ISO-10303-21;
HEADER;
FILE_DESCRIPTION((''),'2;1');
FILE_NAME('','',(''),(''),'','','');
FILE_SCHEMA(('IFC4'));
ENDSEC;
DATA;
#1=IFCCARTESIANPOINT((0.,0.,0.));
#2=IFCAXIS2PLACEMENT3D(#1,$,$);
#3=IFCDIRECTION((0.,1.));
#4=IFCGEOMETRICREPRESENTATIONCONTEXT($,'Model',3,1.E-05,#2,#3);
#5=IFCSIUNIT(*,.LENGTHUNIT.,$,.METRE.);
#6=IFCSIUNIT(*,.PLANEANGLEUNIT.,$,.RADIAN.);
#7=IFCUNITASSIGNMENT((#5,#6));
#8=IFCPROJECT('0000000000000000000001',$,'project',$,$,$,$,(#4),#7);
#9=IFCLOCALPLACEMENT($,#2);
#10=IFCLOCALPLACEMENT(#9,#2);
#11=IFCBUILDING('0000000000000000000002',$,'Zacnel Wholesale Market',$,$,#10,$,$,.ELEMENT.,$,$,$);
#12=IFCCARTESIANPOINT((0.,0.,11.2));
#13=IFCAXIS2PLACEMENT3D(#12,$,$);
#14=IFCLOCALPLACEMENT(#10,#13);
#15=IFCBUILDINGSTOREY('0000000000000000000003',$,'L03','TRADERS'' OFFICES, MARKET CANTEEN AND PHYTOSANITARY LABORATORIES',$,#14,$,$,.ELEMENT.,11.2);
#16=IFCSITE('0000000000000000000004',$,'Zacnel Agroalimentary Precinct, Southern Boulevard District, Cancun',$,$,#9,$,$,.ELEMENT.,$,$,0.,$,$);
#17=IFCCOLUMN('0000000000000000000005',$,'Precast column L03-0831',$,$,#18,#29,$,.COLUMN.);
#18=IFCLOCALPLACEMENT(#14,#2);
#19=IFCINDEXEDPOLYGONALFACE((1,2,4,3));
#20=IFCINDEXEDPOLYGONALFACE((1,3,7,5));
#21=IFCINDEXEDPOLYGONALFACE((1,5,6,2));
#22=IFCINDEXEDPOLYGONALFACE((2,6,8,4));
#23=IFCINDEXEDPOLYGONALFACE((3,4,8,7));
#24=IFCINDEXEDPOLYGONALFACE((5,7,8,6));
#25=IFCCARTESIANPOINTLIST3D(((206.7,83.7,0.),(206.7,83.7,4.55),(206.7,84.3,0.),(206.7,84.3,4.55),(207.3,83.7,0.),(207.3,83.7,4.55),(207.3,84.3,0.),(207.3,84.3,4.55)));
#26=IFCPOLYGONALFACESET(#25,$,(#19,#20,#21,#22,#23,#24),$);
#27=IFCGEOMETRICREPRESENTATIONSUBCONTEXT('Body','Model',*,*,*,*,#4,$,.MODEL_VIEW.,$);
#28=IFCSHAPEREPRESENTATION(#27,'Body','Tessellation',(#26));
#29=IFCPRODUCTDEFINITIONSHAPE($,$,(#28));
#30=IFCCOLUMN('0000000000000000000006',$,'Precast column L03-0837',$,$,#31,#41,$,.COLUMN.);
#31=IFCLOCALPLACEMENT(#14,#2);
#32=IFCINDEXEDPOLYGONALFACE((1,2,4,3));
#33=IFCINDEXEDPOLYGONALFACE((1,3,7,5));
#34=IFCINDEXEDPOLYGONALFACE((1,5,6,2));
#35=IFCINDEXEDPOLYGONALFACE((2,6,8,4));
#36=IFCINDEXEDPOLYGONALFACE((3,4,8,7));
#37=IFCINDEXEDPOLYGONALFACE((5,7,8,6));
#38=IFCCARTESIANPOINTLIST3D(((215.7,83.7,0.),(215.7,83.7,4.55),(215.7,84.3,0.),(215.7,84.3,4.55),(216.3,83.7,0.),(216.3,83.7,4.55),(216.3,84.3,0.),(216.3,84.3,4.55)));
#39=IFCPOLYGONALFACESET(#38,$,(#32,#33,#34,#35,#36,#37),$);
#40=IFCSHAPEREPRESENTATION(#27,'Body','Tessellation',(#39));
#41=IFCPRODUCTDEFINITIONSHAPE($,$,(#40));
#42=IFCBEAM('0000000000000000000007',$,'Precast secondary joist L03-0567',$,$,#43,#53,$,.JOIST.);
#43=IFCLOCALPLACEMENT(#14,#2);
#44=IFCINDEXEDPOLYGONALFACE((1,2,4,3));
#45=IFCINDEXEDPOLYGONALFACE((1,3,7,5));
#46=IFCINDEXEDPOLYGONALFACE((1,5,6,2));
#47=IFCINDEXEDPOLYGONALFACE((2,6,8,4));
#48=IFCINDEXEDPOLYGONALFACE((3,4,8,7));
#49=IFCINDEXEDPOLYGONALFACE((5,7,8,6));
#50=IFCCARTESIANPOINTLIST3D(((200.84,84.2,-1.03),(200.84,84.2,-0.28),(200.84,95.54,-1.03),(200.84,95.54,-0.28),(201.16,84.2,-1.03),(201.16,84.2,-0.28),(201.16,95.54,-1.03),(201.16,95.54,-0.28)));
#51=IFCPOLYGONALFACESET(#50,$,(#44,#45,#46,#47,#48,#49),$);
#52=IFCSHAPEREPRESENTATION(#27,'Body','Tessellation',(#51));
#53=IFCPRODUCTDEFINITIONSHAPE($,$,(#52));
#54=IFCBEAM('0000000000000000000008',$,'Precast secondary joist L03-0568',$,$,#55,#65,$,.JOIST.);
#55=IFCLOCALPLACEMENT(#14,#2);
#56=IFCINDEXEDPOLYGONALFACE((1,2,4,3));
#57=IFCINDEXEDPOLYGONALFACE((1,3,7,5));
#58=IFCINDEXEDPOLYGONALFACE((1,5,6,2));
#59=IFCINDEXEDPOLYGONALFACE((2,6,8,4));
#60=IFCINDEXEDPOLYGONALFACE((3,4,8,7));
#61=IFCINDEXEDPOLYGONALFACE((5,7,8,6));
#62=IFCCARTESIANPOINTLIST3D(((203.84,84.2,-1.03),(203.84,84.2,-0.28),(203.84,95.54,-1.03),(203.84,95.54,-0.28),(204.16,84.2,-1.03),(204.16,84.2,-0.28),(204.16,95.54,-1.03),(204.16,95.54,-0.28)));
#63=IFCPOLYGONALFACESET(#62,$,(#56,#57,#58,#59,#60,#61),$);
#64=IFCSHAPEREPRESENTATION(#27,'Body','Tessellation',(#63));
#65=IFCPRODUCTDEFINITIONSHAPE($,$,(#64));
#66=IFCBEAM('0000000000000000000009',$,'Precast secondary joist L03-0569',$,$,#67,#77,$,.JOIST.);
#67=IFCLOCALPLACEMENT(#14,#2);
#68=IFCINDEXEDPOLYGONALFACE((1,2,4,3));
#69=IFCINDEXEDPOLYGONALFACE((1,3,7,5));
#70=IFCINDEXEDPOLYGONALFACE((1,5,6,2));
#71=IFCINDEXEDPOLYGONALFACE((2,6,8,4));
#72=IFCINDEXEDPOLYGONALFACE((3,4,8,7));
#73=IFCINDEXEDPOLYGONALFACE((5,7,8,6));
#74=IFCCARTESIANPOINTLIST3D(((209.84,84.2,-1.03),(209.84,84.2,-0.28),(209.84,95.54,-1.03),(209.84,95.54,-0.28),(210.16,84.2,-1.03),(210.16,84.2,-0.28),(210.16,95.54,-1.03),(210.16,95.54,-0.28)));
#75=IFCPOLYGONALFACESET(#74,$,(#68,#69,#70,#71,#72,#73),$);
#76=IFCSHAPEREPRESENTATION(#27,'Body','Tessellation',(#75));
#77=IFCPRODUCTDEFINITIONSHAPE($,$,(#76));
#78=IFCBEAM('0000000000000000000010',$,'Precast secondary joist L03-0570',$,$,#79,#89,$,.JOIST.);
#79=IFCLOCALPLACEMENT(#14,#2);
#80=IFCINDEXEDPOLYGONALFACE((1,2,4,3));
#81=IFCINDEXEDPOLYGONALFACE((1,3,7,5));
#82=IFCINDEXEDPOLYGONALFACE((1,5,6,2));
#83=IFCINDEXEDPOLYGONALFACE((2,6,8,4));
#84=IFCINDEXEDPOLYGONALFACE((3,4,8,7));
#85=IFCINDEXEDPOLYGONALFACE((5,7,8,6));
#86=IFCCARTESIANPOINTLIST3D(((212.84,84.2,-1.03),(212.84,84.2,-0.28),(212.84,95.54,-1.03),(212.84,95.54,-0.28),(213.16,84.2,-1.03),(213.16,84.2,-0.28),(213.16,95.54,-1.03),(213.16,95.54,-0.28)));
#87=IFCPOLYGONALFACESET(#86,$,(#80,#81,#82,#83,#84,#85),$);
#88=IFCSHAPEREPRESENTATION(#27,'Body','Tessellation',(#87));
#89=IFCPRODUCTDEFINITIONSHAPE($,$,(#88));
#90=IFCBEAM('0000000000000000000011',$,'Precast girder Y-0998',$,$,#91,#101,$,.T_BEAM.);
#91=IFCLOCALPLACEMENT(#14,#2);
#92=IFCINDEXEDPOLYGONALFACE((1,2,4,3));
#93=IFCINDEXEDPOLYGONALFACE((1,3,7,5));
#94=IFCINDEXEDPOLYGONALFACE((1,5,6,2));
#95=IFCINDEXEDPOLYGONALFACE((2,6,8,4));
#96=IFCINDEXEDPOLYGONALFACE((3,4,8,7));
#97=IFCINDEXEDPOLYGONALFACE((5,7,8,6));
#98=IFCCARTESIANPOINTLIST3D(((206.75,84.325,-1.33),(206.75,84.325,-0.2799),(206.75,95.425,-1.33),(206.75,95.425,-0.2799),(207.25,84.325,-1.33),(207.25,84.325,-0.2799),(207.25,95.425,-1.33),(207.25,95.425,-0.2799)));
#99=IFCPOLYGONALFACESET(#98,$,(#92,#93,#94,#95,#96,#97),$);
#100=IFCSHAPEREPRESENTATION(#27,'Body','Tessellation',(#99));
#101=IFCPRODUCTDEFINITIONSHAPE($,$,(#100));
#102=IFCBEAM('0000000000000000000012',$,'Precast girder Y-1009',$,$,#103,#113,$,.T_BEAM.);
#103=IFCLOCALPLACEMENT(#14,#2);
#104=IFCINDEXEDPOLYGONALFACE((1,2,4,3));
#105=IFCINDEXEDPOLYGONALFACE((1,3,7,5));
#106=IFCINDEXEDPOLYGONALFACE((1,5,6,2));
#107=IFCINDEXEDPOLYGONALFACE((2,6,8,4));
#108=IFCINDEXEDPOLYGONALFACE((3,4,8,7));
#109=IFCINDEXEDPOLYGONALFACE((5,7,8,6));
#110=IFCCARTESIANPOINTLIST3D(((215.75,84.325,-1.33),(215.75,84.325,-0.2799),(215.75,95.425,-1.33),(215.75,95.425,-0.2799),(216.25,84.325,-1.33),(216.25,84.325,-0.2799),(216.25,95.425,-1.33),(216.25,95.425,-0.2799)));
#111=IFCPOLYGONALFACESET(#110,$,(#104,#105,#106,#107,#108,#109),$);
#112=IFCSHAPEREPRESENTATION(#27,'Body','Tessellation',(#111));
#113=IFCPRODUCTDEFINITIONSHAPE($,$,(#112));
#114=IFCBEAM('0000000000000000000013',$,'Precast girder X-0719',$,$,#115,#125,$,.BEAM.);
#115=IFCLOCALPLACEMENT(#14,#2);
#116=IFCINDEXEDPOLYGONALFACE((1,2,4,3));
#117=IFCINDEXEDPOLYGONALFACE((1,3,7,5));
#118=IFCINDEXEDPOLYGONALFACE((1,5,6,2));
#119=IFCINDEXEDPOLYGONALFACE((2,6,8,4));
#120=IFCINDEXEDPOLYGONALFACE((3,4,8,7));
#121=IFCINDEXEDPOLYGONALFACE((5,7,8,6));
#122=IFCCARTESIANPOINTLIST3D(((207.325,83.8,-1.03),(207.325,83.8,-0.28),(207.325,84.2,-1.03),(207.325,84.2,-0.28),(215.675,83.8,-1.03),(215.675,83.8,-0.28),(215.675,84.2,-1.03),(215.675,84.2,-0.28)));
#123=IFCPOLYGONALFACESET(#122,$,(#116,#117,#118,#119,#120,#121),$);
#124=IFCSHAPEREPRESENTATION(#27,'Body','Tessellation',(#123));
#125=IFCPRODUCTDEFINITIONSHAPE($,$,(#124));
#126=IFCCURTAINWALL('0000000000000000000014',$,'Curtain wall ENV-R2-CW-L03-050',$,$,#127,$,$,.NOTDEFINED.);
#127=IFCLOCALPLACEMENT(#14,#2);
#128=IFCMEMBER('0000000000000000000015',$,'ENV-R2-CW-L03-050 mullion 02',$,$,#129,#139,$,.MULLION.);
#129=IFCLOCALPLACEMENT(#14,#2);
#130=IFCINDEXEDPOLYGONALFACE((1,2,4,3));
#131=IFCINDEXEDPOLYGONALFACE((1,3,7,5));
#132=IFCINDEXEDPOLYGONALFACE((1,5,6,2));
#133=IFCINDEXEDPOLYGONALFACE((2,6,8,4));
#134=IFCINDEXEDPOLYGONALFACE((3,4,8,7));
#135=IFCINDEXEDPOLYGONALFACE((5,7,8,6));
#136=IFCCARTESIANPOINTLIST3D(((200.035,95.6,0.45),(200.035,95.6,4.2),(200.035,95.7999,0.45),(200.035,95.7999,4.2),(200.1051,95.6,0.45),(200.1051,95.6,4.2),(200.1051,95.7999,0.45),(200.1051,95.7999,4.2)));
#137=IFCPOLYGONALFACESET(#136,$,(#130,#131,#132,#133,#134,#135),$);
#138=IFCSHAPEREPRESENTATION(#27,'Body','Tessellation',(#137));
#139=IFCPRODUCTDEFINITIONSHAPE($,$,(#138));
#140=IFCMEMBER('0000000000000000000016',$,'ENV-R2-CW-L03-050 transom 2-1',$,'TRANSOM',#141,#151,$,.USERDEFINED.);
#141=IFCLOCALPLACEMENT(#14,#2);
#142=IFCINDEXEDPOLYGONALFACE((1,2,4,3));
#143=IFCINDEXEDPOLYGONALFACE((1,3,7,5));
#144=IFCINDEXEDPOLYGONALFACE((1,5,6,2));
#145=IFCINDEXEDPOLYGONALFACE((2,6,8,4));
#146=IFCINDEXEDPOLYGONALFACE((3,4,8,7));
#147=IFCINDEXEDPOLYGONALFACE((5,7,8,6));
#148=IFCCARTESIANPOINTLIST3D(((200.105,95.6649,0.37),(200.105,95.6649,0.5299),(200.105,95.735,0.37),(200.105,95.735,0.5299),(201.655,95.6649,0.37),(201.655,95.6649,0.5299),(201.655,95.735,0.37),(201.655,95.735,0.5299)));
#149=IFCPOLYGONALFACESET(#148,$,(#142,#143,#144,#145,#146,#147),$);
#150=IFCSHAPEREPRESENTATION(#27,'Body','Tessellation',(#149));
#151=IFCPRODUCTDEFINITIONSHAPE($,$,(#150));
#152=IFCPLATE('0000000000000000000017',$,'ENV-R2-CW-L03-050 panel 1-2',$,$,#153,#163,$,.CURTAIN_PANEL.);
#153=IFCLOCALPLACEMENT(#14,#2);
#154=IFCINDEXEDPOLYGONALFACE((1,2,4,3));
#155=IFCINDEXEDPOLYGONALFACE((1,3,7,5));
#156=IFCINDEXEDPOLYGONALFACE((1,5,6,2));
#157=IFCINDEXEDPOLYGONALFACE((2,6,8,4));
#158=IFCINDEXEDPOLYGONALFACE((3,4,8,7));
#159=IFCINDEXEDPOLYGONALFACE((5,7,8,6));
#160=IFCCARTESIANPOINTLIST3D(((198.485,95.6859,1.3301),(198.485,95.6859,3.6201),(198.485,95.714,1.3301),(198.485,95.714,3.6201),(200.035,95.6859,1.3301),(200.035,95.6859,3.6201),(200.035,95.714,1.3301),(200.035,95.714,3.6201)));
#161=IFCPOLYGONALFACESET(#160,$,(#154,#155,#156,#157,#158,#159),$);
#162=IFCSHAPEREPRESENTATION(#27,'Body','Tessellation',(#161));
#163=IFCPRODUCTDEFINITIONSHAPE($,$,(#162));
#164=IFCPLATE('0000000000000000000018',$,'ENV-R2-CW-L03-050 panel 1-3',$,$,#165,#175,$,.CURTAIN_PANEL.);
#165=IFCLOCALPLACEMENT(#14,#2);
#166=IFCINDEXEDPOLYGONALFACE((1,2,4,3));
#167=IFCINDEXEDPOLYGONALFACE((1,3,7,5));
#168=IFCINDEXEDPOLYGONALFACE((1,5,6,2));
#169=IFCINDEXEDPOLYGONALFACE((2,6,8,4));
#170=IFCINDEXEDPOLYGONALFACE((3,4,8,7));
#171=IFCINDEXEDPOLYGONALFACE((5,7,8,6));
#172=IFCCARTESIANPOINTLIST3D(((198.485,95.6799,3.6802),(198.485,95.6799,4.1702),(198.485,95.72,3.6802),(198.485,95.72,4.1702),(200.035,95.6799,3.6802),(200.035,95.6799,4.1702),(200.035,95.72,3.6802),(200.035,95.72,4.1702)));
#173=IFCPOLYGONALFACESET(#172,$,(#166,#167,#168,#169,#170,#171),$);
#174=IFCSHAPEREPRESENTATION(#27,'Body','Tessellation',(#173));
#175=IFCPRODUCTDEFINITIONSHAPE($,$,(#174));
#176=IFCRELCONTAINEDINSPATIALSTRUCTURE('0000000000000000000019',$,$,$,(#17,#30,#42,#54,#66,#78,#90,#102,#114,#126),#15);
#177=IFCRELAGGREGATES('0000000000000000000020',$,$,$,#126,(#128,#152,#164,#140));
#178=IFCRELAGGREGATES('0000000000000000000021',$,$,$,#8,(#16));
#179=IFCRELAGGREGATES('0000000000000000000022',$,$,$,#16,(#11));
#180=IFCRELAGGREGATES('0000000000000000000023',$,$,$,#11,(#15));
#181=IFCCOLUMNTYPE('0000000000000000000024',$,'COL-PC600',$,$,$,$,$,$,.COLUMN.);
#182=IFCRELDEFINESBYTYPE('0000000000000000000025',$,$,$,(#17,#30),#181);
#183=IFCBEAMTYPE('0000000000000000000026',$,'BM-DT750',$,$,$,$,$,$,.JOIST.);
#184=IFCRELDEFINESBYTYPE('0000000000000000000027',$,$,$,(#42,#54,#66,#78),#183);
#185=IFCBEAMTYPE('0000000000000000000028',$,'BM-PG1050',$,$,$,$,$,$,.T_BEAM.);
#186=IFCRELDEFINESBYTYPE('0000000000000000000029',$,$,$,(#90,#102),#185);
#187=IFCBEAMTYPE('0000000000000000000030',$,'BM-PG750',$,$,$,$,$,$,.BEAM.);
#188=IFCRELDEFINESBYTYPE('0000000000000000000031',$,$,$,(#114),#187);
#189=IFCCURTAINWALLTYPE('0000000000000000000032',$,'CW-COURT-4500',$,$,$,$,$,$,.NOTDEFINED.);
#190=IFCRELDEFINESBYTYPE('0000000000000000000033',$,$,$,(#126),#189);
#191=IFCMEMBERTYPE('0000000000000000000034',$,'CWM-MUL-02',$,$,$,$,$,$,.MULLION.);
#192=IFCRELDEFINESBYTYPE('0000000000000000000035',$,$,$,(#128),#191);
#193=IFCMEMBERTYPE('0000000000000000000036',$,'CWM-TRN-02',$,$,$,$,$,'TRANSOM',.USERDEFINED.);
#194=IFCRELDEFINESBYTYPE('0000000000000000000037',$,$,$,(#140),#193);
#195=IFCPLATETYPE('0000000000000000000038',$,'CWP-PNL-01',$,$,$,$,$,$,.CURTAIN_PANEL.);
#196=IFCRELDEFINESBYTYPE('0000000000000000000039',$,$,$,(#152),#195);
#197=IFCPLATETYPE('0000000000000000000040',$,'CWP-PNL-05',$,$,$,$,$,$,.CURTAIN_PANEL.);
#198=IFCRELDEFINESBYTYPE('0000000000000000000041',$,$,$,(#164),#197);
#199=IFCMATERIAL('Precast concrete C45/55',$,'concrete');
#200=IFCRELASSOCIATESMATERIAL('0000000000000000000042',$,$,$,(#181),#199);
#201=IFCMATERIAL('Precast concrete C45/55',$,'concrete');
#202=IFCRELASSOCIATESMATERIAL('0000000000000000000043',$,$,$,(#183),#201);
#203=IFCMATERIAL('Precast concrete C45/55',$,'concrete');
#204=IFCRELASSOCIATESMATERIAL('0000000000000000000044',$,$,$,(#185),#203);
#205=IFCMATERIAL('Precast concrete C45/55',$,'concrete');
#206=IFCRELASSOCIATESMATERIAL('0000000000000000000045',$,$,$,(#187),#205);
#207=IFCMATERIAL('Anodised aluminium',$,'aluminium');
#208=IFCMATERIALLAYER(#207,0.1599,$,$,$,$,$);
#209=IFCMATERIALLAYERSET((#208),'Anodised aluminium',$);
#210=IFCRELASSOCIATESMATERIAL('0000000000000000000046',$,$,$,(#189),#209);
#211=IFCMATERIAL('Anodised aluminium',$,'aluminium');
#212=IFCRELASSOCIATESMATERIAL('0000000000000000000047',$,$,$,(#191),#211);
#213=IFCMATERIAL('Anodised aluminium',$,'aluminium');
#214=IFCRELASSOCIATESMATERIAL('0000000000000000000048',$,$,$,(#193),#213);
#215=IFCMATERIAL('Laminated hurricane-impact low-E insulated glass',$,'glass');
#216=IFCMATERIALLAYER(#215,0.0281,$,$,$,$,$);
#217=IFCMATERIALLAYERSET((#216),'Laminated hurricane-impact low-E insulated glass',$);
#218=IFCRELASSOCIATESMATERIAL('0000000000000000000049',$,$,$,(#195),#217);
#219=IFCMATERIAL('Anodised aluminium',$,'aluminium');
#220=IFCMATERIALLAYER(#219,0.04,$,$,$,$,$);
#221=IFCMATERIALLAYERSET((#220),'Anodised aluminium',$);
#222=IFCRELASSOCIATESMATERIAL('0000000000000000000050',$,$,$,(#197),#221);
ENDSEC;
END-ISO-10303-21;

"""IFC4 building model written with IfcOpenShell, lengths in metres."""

from ifc_helpers import new_model, si_unit, direction, frame, origin, origin_2d, place, context, subcontext, project, spatial, rectangle, extrude, material, layer, layer_set, material_profile, profile_set, type_object, element, aggregate, save


model = new_model("IFC4")

# Units and contexts
model_context = context("Model", 3, precision=1e-05, world=origin(), true_north=direction((0.0, 1.0)))
body_context = subcontext(model_context, "Body", "Model", "MODEL_VIEW")
ifc_project = project(units=[si_unit("LENGTHUNIT", "METRE"), si_unit("PLANEANGLEUNIT", "RADIAN")], contexts=[model_context])

# Site, building, storey
site_placement = place(None, origin())
site = spatial("IfcSite", under=ifc_project, at=site_placement, Name="Zacnel Agroalimentary Precinct, Southern Boulevard District, Cancun", CompositionType="ELEMENT", RefElevation=0.0)
building_placement = place(site_placement, origin())
building = spatial("IfcBuilding", under=site, at=building_placement, Name="Zacnel Wholesale Market", CompositionType="ELEMENT")
storey_placement = place(building_placement, frame((0.0, 0.0, 11.2)))
storey = spatial("IfcBuildingStorey", under=building, at=storey_placement, Name="L03", Description="TRADERS' OFFICES, MARKET CANTEEN AND PHYTOSANITARY LABORATORIES", CompositionType="ELEMENT", Elevation=11.2)

# Columns
ifc_material_1 = material(Name="Precast concrete C45/55", Category="concrete")
ifc_material_profile_1 = material_profile(ifc_material_1, rectangle(XDim=0.6001, YDim=0.6001, at=origin_2d()), Name="PC 600x600")
ifc_profile_set_1 = profile_set([ifc_material_profile_1], Name="Precast concrete C45/55")
column_type = type_object("IfcColumnType", Name="COL-PC600", PredefinedType="COLUMN", material=ifc_profile_set_1)
for number, where, z_axis, x_axis, name in (
    (1, (207.0, 84.0, 0.0), (0.0, 0.0, 1.0), (1.0, 0.0, 0.0), "Precast column L03-0831"),
    (2, (216.0, 84.0, 0.0), (0.0, 0.0, 1.0), (1.0, 0.0, 0.0), "Precast column L03-0837"),
):
    element("IfcColumn", number, at=place(storey_placement, frame(where, z_axis=z_axis, x_axis=x_axis)), inside=storey, type_object=column_type, Name=name, PredefinedType="COLUMN", context=body_context, shape_type="SweptSolid", body=[
        extrude(rectangle(XDim=0.6001, YDim=0.6001, at=origin_2d()), origin(), (0.0, 0.0, 1.0), 4.55),
    ])

# Beams
ifc_material_2 = material(Name="Precast concrete C45/55", Category="concrete")
ifc_material_profile_2 = material_profile(ifc_material_2, rectangle(XDim=0.3201, YDim=0.75, at=origin_2d()), Name="DT RIB 320x750")
ifc_profile_set_2 = profile_set([ifc_material_profile_2], Name="Precast concrete C45/55")
beam_type_1 = type_object("IfcBeamType", Name="BM-DT750", PredefinedType="JOIST", material=ifc_profile_set_2)
for number, where, z_axis, x_axis, name in (
    (3, (201.0, 84.2, -0.655), (0.0, 1.0, 0.0), (-1.0, 0.0, 0.0), "Precast secondary joist L03-0567"),
    (4, (204.0, 84.2, -0.655), (0.0, 1.0, 0.0), (-1.0, 0.0, 0.0), "Precast secondary joist L03-0568"),
    (5, (210.0, 84.2, -0.655), (0.0, 1.0, 0.0), (-1.0, 0.0, 0.0), "Precast secondary joist L03-0569"),
    (6, (213.0, 84.2, -0.655), (0.0, 1.0, 0.0), (-1.0, 0.0, 0.0), "Precast secondary joist L03-0570"),
):
    element("IfcBeam", number, at=place(storey_placement, frame(where, z_axis=z_axis, x_axis=x_axis)), inside=storey, type_object=beam_type_1, Name=name, PredefinedType="JOIST", context=body_context, shape_type="SweptSolid", body=[
        extrude(rectangle(XDim=0.3201, YDim=0.75, at=origin_2d()), origin(), (0.0, 0.0, 1.0), 11.3401),
    ])
ifc_material_3 = material(Name="Precast concrete C45/55", Category="concrete")
ifc_material_profile_3 = material_profile(ifc_material_3, rectangle(XDim=0.5, YDim=1.05, at=origin_2d()), Name="PG 500x1050")
ifc_profile_set_3 = profile_set([ifc_material_profile_3], Name="Precast concrete C45/55")
beam_type_2 = type_object("IfcBeamType", Name="BM-PG1050", PredefinedType="T_BEAM", material=ifc_profile_set_3)
for number, where, z_axis, x_axis, name in (
    (7, (207.0, 84.325, -0.8049), (0.0, 1.0, 0.0), (-1.0, 0.0, 0.0), "Precast girder Y-0998"),
    (8, (216.0, 84.325, -0.8049), (0.0, 1.0, 0.0), (-1.0, 0.0, 0.0), "Precast girder Y-1009"),
):
    element("IfcBeam", number, at=place(storey_placement, frame(where, z_axis=z_axis, x_axis=x_axis)), inside=storey, type_object=beam_type_2, Name=name, PredefinedType="T_BEAM", context=body_context, shape_type="SweptSolid", body=[
        extrude(rectangle(XDim=0.5, YDim=1.05, at=origin_2d()), origin(), (0.0, 0.0, 1.0), 11.1001),
    ])
ifc_material_4 = material(Name="Precast concrete C45/55", Category="concrete")
ifc_material_profile_4 = material_profile(ifc_material_4, rectangle(XDim=0.3999, YDim=0.75, at=origin_2d()), Name="PG 400x750")
ifc_profile_set_4 = profile_set([ifc_material_profile_4], Name="Precast concrete C45/55")
beam_type_3 = type_object("IfcBeamType", Name="BM-PG750", PredefinedType="BEAM", material=ifc_profile_set_4)
beam_placement = place(storey_placement, frame((207.325, 84.0, -0.655), z_axis=(1.0, 0.0, 0.0), x_axis=(0.0, 1.0, 0.0)))
element("IfcBeam", 9, at=beam_placement, inside=storey, type_object=beam_type_3, Name="Precast girder X-0719", PredefinedType="BEAM", context=body_context, shape_type="SweptSolid", body=[
    extrude(rectangle(XDim=0.3999, YDim=0.75, at=origin_2d()), origin(), (0.0, 0.0, 1.0), 8.3501),
])

# Curtain wall, members, plates
ifc_material_5 = material(Name="Anodised aluminium", Category="aluminium")
ifc_layer_1 = layer(ifc_material_5, 0.1599)
ifc_layer_set_1 = layer_set([ifc_layer_1], Name="Anodised aluminium")
curtain_wall_type = type_object("IfcCurtainWallType", Name="CW-COURT-4500", PredefinedType="NOTDEFINED", material=ifc_layer_set_1)
curtain_wall_placement = place(storey_placement, origin())
curtain_wall = element("IfcCurtainWall", 10, at=curtain_wall_placement, inside=storey, type_object=curtain_wall_type, Name="Curtain wall ENV-R2-CW-L03-050", PredefinedType="NOTDEFINED")
ifc_material_6 = material(Name="Anodised aluminium", Category="aluminium")
ifc_material_profile_5 = material_profile(ifc_material_6, rectangle(XDim=0.0701, YDim=0.2, at=origin_2d()), Name="AW-MULLION 70x200")
ifc_profile_set_5 = profile_set([ifc_material_profile_5], Name="Anodised aluminium")
member_type_1 = type_object("IfcMemberType", Name="CWM-MUL-02", PredefinedType="MULLION", material=ifc_profile_set_5)
member_1_placement = place(storey_placement, frame((200.0701, 95.7, 0.45), z_axis=(0.0, 0.0, 1.0), x_axis=(1.0, 0.0, 0.0)))
member_1 = element("IfcMember", 11, at=member_1_placement, type_object=member_type_1, Name="ENV-R2-CW-L03-050 mullion 02", PredefinedType="MULLION", context=body_context, shape_type="SweptSolid", body=[
    extrude(rectangle(XDim=0.0701, YDim=0.2, at=origin_2d()), origin(), (0.0, 0.0, 1.0), 3.75),
])
ifc_material_7 = material(Name="Anodised aluminium", Category="aluminium")
ifc_material_profile_6 = material_profile(ifc_material_7, rectangle(XDim=0.0701, YDim=0.1599, at=origin_2d()), Name="AW-TRANSOM 70x160")
ifc_profile_set_6 = profile_set([ifc_material_profile_6], Name="Anodised aluminium")
member_type_2 = type_object("IfcMemberType", Name="CWM-TRN-02", ElementType="TRANSOM", PredefinedType="USERDEFINED", material=ifc_profile_set_6)
member_2_placement = place(storey_placement, frame((200.105, 95.7, 0.45), z_axis=(1.0, 0.0, 0.0), x_axis=(0.0, 1.0, 0.0)))
member_2 = element("IfcMember", 12, at=member_2_placement, type_object=member_type_2, Name="ENV-R2-CW-L03-050 transom 2-1", ObjectType="TRANSOM", PredefinedType="USERDEFINED", context=body_context, shape_type="SweptSolid", body=[
    extrude(rectangle(XDim=0.0701, YDim=0.1599, at=origin_2d()), origin(), (0.0, 0.0, 1.0), 1.55),
])
ifc_material_8 = material(Name="Laminated hurricane-impact low-E insulated glass", Category="glass")
ifc_layer_2 = layer(ifc_material_8, 0.0281)
ifc_layer_set_2 = layer_set([ifc_layer_2], Name="Laminated hurricane-impact low-E insulated glass")
plate_type_1 = type_object("IfcPlateType", Name="CWP-PNL-01", PredefinedType="CURTAIN_PANEL", material=ifc_layer_set_2)
plate_1_placement = place(storey_placement, frame((199.26, 95.7, 1.3301), z_axis=(0.0, 0.0, 1.0), x_axis=(1.0, 0.0, 0.0)))
plate_1 = element("IfcPlate", 13, at=plate_1_placement, type_object=plate_type_1, Name="ENV-R2-CW-L03-050 panel 1-2", PredefinedType="CURTAIN_PANEL", context=body_context, shape_type="SweptSolid", body=[
    extrude(rectangle(XDim=1.55, YDim=0.0281, at=origin_2d()), origin(), (0.0, 0.0, 1.0), 2.29),
])
ifc_material_9 = material(Name="Anodised aluminium", Category="aluminium")
ifc_layer_3 = layer(ifc_material_9, 0.04)
ifc_layer_set_3 = layer_set([ifc_layer_3], Name="Anodised aluminium")
plate_type_2 = type_object("IfcPlateType", Name="CWP-PNL-05", PredefinedType="CURTAIN_PANEL", material=ifc_layer_set_3)
plate_2_placement = place(storey_placement, frame((199.26, 95.7, 3.6802), z_axis=(0.0, 0.0, 1.0), x_axis=(1.0, 0.0, 0.0)))
plate_2 = element("IfcPlate", 14, at=plate_2_placement, type_object=plate_type_2, Name="ENV-R2-CW-L03-050 panel 1-3", PredefinedType="CURTAIN_PANEL", context=body_context, shape_type="SweptSolid", body=[
    extrude(rectangle(XDim=1.55, YDim=0.04, at=origin_2d()), origin(), (0.0, 0.0, 1.0), 0.49),
])
aggregate(curtain_wall, [member_1, plate_1, plate_2, member_2])

save(model, "model.ifc")
